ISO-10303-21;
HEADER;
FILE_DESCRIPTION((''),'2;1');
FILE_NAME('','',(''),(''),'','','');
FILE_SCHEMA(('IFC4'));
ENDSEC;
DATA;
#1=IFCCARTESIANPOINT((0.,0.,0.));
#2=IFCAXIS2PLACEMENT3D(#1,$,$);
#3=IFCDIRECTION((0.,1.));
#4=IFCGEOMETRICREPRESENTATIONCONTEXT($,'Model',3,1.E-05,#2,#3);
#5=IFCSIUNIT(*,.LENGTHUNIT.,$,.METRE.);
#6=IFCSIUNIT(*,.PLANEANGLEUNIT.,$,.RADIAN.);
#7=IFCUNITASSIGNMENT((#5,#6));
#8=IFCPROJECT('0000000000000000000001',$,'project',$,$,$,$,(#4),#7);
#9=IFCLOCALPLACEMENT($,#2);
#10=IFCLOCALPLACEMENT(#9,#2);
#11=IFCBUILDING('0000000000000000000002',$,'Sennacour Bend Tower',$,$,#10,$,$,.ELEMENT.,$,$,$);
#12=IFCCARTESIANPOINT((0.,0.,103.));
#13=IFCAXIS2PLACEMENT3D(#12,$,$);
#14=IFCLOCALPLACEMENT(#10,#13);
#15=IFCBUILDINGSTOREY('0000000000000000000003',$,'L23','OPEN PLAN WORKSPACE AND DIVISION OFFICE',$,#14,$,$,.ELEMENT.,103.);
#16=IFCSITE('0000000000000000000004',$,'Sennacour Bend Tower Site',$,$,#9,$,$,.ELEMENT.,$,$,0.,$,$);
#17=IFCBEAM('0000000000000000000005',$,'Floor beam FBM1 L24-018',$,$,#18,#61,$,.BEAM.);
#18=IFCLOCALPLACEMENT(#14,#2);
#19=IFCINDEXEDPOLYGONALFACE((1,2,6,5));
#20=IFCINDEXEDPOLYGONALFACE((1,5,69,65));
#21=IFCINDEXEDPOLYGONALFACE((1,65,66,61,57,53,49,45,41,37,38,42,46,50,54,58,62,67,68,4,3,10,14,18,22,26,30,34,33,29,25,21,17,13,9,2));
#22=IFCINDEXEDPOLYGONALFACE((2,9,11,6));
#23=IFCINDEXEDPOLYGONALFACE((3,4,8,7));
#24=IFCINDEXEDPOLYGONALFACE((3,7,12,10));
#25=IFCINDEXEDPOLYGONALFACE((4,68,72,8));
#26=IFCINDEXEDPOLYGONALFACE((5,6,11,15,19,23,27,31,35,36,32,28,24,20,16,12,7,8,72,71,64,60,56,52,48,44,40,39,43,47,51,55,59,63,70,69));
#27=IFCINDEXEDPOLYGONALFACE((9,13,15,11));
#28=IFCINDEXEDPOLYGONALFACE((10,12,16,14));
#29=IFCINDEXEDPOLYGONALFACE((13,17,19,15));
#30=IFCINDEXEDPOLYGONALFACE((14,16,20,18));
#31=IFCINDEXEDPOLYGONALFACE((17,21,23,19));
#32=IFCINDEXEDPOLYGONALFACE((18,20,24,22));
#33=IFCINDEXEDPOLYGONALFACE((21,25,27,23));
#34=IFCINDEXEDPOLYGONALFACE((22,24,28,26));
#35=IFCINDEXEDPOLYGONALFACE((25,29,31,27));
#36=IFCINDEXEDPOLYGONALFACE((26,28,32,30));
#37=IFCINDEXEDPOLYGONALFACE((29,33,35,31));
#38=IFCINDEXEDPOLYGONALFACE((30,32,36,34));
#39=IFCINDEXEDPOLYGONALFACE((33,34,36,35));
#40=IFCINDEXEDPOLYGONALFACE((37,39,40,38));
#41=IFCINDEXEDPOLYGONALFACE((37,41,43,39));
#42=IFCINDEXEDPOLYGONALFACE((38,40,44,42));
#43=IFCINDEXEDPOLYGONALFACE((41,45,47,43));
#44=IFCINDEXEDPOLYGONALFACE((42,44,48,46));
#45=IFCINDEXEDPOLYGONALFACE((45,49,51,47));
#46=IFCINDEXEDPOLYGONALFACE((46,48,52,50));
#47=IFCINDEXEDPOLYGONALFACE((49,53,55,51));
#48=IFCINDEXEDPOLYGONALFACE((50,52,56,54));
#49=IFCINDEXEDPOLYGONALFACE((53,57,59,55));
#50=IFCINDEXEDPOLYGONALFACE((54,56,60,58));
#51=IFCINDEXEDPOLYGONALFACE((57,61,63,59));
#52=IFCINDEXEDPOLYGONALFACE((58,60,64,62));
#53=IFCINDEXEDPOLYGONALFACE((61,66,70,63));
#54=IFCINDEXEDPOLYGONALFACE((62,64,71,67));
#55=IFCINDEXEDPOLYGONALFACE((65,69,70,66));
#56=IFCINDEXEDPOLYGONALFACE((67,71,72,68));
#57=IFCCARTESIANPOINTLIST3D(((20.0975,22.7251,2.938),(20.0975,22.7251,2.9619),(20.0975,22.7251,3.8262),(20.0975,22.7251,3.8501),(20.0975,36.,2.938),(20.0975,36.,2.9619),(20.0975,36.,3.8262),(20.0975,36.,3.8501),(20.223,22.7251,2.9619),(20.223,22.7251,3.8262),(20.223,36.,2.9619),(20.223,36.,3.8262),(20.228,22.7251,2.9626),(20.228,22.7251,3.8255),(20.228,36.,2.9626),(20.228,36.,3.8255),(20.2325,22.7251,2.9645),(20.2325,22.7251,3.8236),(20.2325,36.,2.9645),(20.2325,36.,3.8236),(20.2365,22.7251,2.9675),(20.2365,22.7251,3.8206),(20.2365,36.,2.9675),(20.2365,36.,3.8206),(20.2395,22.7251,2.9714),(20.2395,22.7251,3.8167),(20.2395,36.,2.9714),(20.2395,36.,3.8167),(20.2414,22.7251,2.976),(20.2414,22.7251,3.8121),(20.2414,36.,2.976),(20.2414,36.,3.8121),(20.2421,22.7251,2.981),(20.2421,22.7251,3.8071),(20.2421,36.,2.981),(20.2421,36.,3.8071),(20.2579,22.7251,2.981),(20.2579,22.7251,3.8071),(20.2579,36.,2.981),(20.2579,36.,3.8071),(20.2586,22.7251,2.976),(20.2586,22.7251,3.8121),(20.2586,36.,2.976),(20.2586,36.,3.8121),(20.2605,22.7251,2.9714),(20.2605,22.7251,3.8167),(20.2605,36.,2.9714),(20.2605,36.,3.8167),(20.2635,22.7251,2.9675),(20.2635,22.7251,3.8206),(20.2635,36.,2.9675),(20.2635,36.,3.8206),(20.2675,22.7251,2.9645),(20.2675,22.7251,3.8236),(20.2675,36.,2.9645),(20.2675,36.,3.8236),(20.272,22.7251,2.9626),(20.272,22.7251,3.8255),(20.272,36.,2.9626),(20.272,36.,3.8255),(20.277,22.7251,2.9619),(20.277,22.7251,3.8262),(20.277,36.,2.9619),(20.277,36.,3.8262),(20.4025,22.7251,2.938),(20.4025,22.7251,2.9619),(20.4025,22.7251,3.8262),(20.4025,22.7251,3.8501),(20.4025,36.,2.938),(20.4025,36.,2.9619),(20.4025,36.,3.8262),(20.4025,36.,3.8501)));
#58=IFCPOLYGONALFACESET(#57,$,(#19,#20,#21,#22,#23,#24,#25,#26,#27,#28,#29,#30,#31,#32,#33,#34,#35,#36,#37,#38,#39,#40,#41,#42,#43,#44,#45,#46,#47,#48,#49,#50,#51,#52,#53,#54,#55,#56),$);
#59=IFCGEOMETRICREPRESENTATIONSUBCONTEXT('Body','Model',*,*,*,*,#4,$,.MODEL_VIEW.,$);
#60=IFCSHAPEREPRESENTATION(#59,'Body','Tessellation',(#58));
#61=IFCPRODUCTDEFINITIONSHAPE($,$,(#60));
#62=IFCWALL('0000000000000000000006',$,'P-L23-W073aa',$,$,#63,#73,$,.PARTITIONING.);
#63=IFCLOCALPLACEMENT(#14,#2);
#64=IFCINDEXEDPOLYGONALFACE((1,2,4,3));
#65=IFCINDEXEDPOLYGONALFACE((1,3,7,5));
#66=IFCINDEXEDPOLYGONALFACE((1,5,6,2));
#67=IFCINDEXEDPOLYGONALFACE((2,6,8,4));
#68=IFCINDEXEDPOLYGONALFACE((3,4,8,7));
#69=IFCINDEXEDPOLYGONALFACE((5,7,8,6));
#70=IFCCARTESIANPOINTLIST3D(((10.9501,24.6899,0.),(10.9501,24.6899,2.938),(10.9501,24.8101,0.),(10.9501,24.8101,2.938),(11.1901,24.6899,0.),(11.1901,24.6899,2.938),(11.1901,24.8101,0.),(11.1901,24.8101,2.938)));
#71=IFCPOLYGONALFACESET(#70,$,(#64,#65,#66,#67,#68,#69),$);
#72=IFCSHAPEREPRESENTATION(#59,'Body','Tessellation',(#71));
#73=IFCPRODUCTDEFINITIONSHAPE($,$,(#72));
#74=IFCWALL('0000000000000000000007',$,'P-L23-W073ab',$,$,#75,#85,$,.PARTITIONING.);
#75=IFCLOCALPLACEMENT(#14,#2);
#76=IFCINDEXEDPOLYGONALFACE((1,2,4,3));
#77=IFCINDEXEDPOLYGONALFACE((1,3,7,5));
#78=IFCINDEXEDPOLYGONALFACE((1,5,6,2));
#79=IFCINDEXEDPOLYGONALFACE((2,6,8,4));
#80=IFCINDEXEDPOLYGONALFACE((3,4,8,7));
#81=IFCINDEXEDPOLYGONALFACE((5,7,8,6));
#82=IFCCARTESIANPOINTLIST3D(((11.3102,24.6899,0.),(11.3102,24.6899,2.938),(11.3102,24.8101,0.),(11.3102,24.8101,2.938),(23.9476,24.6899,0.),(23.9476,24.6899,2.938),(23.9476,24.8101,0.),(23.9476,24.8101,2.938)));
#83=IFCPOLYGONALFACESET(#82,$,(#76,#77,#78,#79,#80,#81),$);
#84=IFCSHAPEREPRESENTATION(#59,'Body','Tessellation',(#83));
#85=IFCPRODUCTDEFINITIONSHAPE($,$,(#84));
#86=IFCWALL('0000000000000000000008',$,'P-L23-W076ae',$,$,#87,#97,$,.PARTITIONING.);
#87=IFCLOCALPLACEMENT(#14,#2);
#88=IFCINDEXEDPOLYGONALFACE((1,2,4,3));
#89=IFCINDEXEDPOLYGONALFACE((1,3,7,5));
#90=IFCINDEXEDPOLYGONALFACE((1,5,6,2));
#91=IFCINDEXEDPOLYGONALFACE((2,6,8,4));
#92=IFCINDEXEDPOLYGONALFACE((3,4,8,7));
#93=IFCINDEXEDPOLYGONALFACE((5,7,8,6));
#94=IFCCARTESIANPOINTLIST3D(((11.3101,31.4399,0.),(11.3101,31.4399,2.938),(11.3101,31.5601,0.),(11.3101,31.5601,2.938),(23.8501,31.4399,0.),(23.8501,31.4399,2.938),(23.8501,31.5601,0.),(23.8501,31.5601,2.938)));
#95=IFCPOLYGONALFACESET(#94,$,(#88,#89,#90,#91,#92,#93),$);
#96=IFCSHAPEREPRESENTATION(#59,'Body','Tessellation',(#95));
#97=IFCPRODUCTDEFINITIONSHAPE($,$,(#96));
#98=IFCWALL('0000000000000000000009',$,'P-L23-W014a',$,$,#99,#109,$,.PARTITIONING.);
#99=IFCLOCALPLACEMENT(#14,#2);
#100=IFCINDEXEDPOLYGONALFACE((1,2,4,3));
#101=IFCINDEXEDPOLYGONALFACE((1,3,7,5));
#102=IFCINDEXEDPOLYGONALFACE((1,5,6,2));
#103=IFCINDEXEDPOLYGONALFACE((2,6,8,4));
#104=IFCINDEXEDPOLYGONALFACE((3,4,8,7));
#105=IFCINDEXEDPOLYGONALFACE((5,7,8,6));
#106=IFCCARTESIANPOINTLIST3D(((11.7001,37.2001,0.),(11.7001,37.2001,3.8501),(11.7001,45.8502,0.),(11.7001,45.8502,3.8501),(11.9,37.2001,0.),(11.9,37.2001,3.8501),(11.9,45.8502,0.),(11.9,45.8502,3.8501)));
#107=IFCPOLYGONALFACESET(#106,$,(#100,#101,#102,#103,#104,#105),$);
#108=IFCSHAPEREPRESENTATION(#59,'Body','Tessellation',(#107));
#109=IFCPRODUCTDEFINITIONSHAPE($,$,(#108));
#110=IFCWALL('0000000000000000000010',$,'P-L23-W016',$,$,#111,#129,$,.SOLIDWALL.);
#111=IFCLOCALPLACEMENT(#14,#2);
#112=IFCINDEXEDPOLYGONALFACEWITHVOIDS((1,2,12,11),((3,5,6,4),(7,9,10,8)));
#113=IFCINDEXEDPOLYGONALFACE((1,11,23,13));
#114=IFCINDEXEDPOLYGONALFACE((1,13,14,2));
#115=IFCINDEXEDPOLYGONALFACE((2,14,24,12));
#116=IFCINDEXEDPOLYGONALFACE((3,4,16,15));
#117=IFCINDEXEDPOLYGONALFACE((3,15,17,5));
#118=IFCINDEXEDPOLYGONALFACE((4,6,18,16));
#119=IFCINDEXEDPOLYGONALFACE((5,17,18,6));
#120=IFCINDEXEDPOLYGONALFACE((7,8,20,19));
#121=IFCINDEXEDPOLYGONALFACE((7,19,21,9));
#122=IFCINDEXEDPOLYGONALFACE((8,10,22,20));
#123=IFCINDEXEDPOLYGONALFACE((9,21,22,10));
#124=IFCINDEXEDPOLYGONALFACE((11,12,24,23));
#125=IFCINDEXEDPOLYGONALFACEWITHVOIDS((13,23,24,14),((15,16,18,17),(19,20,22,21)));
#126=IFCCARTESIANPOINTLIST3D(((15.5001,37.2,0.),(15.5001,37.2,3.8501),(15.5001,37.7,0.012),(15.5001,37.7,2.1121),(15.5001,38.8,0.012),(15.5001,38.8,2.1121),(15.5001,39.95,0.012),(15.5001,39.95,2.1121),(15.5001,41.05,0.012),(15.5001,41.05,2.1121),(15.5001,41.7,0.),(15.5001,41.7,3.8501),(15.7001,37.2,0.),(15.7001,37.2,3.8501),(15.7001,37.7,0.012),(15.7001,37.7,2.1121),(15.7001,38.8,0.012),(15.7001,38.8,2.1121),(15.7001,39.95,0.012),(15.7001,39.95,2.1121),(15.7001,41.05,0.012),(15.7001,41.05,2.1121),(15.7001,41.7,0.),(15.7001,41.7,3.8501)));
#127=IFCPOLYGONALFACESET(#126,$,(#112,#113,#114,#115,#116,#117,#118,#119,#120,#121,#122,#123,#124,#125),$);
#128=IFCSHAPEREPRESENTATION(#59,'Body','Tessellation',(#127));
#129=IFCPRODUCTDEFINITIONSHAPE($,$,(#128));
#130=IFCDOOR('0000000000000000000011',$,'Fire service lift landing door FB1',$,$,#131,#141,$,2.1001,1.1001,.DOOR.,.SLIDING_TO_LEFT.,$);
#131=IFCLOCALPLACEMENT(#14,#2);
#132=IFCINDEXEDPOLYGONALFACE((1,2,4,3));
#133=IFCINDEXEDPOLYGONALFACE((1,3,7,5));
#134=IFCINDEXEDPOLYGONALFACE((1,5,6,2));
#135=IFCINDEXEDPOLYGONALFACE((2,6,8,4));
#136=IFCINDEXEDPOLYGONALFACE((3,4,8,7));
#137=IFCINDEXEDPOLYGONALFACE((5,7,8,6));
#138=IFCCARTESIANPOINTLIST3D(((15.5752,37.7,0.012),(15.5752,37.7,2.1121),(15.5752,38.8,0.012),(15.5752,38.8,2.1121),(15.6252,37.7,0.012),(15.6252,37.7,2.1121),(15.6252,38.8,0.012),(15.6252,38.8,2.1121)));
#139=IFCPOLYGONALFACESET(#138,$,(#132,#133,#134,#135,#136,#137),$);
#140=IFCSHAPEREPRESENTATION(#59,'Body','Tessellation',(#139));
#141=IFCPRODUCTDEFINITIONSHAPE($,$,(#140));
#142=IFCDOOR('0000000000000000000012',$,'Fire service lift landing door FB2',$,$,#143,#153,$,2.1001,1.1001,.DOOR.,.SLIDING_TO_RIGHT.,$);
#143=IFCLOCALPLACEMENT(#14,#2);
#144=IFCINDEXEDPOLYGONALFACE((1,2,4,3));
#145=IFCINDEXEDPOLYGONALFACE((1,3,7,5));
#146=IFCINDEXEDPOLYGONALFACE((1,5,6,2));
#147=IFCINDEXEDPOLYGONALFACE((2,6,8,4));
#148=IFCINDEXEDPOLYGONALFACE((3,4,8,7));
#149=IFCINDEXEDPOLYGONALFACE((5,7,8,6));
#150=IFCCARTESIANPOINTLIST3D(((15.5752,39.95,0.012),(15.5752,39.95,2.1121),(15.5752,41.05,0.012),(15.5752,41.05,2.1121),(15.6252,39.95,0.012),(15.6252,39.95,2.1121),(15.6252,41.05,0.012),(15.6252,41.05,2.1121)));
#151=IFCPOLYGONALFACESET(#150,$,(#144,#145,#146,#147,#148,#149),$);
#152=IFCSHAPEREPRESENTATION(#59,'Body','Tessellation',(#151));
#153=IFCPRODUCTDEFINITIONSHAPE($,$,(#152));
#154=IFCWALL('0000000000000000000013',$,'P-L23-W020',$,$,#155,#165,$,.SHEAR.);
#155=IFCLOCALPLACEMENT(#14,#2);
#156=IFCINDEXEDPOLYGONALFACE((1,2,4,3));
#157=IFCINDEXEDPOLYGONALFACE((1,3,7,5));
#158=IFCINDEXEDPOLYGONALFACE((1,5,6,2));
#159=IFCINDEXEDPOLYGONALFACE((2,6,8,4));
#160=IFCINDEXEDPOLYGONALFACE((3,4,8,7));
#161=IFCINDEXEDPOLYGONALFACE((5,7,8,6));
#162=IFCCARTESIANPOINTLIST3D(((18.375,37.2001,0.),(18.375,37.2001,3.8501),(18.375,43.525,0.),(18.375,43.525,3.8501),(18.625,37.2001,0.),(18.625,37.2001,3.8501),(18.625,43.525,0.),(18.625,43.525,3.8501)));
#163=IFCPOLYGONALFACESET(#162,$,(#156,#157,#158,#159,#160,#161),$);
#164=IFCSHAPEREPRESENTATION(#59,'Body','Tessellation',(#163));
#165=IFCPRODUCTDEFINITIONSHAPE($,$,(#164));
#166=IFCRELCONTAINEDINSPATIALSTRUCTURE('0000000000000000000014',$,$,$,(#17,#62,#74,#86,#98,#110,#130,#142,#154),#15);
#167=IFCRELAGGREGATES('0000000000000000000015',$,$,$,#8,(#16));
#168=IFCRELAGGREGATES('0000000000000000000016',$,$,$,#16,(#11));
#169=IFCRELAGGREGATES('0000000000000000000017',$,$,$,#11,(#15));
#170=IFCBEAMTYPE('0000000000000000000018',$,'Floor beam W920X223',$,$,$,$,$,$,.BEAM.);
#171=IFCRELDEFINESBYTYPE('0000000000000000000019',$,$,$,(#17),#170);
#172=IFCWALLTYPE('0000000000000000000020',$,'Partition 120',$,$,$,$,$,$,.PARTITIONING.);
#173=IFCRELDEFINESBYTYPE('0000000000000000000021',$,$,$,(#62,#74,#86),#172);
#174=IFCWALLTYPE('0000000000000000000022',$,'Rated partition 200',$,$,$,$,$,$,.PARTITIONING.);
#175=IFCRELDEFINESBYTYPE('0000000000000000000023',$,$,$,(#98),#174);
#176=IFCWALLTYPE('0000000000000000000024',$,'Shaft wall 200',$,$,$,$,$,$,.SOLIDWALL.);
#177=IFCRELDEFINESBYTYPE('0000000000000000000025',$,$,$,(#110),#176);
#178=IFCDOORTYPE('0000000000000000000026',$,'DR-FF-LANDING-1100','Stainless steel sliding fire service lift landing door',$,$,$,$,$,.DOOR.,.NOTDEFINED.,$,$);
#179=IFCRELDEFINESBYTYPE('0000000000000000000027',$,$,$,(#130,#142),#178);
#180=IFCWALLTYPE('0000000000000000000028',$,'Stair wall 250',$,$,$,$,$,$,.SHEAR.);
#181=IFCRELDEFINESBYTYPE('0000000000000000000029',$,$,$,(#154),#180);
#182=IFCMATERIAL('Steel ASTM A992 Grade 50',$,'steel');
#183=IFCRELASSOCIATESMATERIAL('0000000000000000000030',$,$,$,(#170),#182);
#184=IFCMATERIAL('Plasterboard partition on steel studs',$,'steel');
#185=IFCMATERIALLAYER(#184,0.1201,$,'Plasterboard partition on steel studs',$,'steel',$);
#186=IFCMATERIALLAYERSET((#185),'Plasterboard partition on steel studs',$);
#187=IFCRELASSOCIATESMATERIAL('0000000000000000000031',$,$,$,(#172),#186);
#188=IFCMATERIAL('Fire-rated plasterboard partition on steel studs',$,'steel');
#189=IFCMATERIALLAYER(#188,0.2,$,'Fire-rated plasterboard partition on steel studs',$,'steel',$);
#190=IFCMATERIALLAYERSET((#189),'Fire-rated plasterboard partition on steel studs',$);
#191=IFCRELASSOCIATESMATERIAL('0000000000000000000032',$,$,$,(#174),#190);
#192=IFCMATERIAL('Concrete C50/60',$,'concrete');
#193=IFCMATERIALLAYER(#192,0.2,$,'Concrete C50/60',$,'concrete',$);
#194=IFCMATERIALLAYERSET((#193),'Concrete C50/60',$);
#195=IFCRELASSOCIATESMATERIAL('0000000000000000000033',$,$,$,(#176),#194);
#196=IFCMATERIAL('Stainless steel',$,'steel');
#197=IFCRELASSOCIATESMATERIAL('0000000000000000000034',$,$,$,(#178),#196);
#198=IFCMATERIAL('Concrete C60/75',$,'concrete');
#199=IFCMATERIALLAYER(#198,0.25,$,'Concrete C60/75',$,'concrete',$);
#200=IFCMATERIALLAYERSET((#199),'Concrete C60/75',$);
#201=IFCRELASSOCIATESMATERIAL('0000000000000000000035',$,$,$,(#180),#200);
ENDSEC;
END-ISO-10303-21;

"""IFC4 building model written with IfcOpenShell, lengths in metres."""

from ifc_helpers import new_model, si_unit, direction, frame, frame_2d, origin, origin_2d, place, context, subcontext, project, spatial, rectangle, i_section, extrude, material, layer, layer_set, material_profile, profile_set, type_object, element, fill, save


model = new_model("IFC4")

# Units and contexts
model_context = context("Model", 3, precision=1e-05, world=origin(), true_north=direction((0.0, 1.0)))
body_context = subcontext(model_context, "Body", "Model", "MODEL_VIEW")
ifc_project = project(units=[si_unit("LENGTHUNIT", "METRE"), si_unit("PLANEANGLEUNIT", "RADIAN")], contexts=[model_context])

# Site, building, storey
site_placement = place(None, origin())
site = spatial("IfcSite", under=ifc_project, at=site_placement, Name="Sennacour Bend Tower Site", CompositionType="ELEMENT", RefElevation=0.0)
building_placement = place(site_placement, origin())
building = spatial("IfcBuilding", under=site, at=building_placement, Name="Sennacour Bend Tower", CompositionType="ELEMENT")
storey_placement = place(building_placement, frame((0.0, 0.0, 103.0)))
storey = spatial("IfcBuildingStorey", under=building, at=storey_placement, Name="L23", Description="OPEN PLAN WORKSPACE AND DIVISION OFFICE", CompositionType="ELEMENT", Elevation=103.0)

# Beam
ifc_material_1 = material(Name="Steel ASTM A992 Grade 50", Category="steel")
ifc_material_profile = material_profile(ifc_material_1, i_section(OverallWidth=0.3049, OverallDepth=0.9121, WebThickness=0.0159, FlangeThickness=0.0239, FilletRadius=0.019, at=origin_2d()), Name="Steel ASTM A992 Grade 50", Category="steel")
ifc_profile_set = profile_set([ifc_material_profile], Name="Steel ASTM A992 Grade 50")
beam_type = type_object("IfcBeamType", Name="Floor beam W920X223", PredefinedType="BEAM", material=ifc_profile_set)
for number, where, z_axis, x_axis, name in (
    (1, (20.25, 22.7251, 3.394), (0.0, 1.0, 0.0), (-1.0, 0.0, 0.0), "Floor beam FBM1 L24-018"),
):
    element("IfcBeam", number, at=place(storey_placement, frame(where, z_axis=z_axis, x_axis=x_axis)), inside=storey, type_object=beam_type, Name=name, PredefinedType="BEAM", context=body_context, shape_type="SweptSolid", body=[
        extrude(i_section(OverallWidth=0.3049, OverallDepth=0.9121, WebThickness=0.0159, FlangeThickness=0.0239, FilletRadius=0.019, at=origin_2d()), origin(), (0.0, 0.0, 1.0), 13.2749),
    ])

# Walls
ifc_material_2 = material(Name="Plasterboard partition on steel studs", Category="steel")
ifc_layer_1 = layer(ifc_material_2, 0.1201, Name="Plasterboard partition on steel studs", Category="steel")
ifc_layer_set_1 = layer_set([ifc_layer_1], Name="Plasterboard partition on steel studs")
wall_type_1 = type_object("IfcWallType", Name="Partition 120", PredefinedType="PARTITIONING", material=ifc_layer_set_1)
wall_1_placement = place(storey_placement, frame((10.95, 24.75, 0.0), z_axis=(0.0, 0.0, 1.0), x_axis=(1.0, 0.0, 0.0)))
element("IfcWall", 2, at=wall_1_placement, inside=storey, type_object=wall_type_1, Name="P-L23-W073aa", PredefinedType="PARTITIONING", context=body_context, shape_type="SweptSolid", body=[
    extrude(rectangle(XDim=0.24, YDim=0.1201, at=frame_2d((0.1201, 0.0))), origin(), (0.0, 0.0, 1.0), 2.938),
])
wall_2_placement = place(storey_placement, frame((11.3101, 24.75, 0.0), z_axis=(0.0, 0.0, 1.0), x_axis=(1.0, 0.0, 0.0)))
element("IfcWall", 3, at=wall_2_placement, inside=storey, type_object=wall_type_1, Name="P-L23-W073ab", PredefinedType="PARTITIONING", context=body_context, shape_type="SweptSolid", body=[
    extrude(rectangle(XDim=12.6375, YDim=0.1201, at=frame_2d((6.3188, 0.0))), origin(), (0.0, 0.0, 1.0), 2.938),
])
wall_3_placement = place(storey_placement, frame((11.3101, 31.5, 0.0), z_axis=(0.0, 0.0, 1.0), x_axis=(1.0, 0.0, 0.0)))
element("IfcWall", 4, at=wall_3_placement, inside=storey, type_object=wall_type_1, Name="P-L23-W076ae", PredefinedType="PARTITIONING", context=body_context, shape_type="SweptSolid", body=[
    extrude(rectangle(XDim=12.54, YDim=0.1201, at=frame_2d((6.27, 0.0))), origin(), (0.0, 0.0, 1.0), 2.938),
])
ifc_material_3 = material(Name="Fire-rated plasterboard partition on steel studs", Category="steel")
ifc_layer_2 = layer(ifc_material_3, 0.2, Name="Fire-rated plasterboard partition on steel studs", Category="steel")
ifc_layer_set_2 = layer_set([ifc_layer_2], Name="Fire-rated plasterboard partition on steel studs")
wall_type_2 = type_object("IfcWallType", Name="Rated partition 200", PredefinedType="PARTITIONING", material=ifc_layer_set_2)
wall_4_placement = place(storey_placement, frame((11.8, 37.2, 0.0), z_axis=(0.0, 0.0, 1.0), x_axis=(0.0, 1.0, 0.0)))
element("IfcWall", 5, at=wall_4_placement, inside=storey, type_object=wall_type_2, Name="P-L23-W014a", PredefinedType="PARTITIONING", context=body_context, shape_type="SweptSolid", body=[
    extrude(rectangle(XDim=8.6501, YDim=0.2, at=frame_2d((4.3252, 0.0))), origin(), (0.0, 0.0, 1.0), 3.8501),
])

# Wall, openings, doors
ifc_material_4 = material(Name="Concrete C50/60", Category="concrete")
ifc_layer_3 = layer(ifc_material_4, 0.2, Name="Concrete C50/60", Category="concrete")
ifc_layer_set_3 = layer_set([ifc_layer_3], Name="Concrete C50/60")
wall_type_3 = type_object("IfcWallType", Name="Shaft wall 200", PredefinedType="SOLIDWALL", material=ifc_layer_set_3)
wall_5_placement = place(storey_placement, frame((15.6001, 37.2, 0.0), z_axis=(0.0, 0.0, 1.0), x_axis=(0.0, 1.0, 0.0)))
wall_5 = element("IfcWall", 6, at=wall_5_placement, inside=storey, type_object=wall_type_3, Name="P-L23-W016", PredefinedType="SOLIDWALL", context=body_context, shape_type="SweptSolid", body=[
    extrude(rectangle(XDim=4.5, YDim=0.2, at=frame_2d((2.25, 0.0))), origin(), (0.0, 0.0, 1.0), 3.8501),
])
opening_1_placement = place(wall_5_placement, frame((0.5, 0.0, 0.012)))
opening_1 = element("IfcOpeningElement", 7, at=opening_1_placement, cuts=wall_5, PredefinedType="OPENING", context=body_context, shape_type="SweptSolid", body=[
    extrude(rectangle(XDim=1.1001, YDim=2.1001, at=frame_2d((0.55, 1.05))), frame((0.0, 0.1099, 0.0), z_axis=(0.0, -1.0, 0.0), x_axis=(1.0, 0.0, 0.0)), (0.0, 0.0, 1.0), 0.22),
])
opening_2_placement = place(wall_5_placement, frame((2.75, 0.0, 0.012)))
opening_2 = element("IfcOpeningElement", 8, at=opening_2_placement, cuts=wall_5, PredefinedType="OPENING", context=body_context, shape_type="SweptSolid", body=[
    extrude(rectangle(XDim=1.1001, YDim=2.1001, at=frame_2d((0.55, 1.05))), frame((0.0, 0.1099, 0.0), z_axis=(0.0, -1.0, 0.0), x_axis=(1.0, 0.0, 0.0)), (0.0, 0.0, 1.0), 0.22),
])
ifc_material_5 = material(Name="Stainless steel", Category="steel")
door_type = type_object("IfcDoorType", Name="DR-FF-LANDING-1100", Description="Stainless steel sliding fire service lift landing door", OperationType="NOTDEFINED", PredefinedType="DOOR", material=ifc_material_5)
door_1_placement = place(opening_1_placement, origin())
door_1 = element("IfcDoor", 9, at=door_1_placement, inside=storey, type_object=door_type, Name="Fire service lift landing door FB1", OperationType="SLIDING_TO_LEFT", OverallHeight=2.1001, OverallWidth=1.1001, PredefinedType="DOOR", context=body_context, shape_type="SweptSolid", body=[
    extrude(rectangle(XDim=1.1001, YDim=2.1001, at=frame_2d((0.55, 1.05))), frame((0.0, 0.0249, 0.0), z_axis=(0.0, -1.0, 0.0), x_axis=(1.0, 0.0, 0.0)), (0.0, 0.0, 1.0), 0.05),
])
fill(opening_1, door_1)
door_2_placement = place(opening_2_placement, origin())
door_2 = element("IfcDoor", 10, at=door_2_placement, inside=storey, type_object=door_type, Name="Fire service lift landing door FB2", OperationType="SLIDING_TO_RIGHT", OverallHeight=2.1001, OverallWidth=1.1001, PredefinedType="DOOR", context=body_context, shape_type="SweptSolid", body=[
    extrude(rectangle(XDim=1.1001, YDim=2.1001, at=frame_2d((0.55, 1.05))), frame((0.0, 0.0249, 0.0), z_axis=(0.0, -1.0, 0.0), x_axis=(1.0, 0.0, 0.0)), (0.0, 0.0, 1.0), 0.05),
])
fill(opening_2, door_2)

# Wall
ifc_material_6 = material(Name="Concrete C60/75", Category="concrete")
ifc_layer_4 = layer(ifc_material_6, 0.25, Name="Concrete C60/75", Category="concrete")
ifc_layer_set_4 = layer_set([ifc_layer_4], Name="Concrete C60/75")
wall_type_4 = type_object("IfcWallType", Name="Stair wall 250", PredefinedType="SHEAR", material=ifc_layer_set_4)
wall_6_placement = place(storey_placement, frame((18.5, 37.2, 0.0), z_axis=(0.0, 0.0, 1.0), x_axis=(0.0, 1.0, 0.0)))
element("IfcWall", 11, at=wall_6_placement, inside=storey, type_object=wall_type_4, Name="P-L23-W020", PredefinedType="SHEAR", context=body_context, shape_type="SweptSolid", body=[
    extrude(rectangle(XDim=6.325, YDim=0.25, at=frame_2d((3.1626, 0.0))), origin(), (0.0, 0.0, 1.0), 3.8501),
])

save(model, "model.ifc")
